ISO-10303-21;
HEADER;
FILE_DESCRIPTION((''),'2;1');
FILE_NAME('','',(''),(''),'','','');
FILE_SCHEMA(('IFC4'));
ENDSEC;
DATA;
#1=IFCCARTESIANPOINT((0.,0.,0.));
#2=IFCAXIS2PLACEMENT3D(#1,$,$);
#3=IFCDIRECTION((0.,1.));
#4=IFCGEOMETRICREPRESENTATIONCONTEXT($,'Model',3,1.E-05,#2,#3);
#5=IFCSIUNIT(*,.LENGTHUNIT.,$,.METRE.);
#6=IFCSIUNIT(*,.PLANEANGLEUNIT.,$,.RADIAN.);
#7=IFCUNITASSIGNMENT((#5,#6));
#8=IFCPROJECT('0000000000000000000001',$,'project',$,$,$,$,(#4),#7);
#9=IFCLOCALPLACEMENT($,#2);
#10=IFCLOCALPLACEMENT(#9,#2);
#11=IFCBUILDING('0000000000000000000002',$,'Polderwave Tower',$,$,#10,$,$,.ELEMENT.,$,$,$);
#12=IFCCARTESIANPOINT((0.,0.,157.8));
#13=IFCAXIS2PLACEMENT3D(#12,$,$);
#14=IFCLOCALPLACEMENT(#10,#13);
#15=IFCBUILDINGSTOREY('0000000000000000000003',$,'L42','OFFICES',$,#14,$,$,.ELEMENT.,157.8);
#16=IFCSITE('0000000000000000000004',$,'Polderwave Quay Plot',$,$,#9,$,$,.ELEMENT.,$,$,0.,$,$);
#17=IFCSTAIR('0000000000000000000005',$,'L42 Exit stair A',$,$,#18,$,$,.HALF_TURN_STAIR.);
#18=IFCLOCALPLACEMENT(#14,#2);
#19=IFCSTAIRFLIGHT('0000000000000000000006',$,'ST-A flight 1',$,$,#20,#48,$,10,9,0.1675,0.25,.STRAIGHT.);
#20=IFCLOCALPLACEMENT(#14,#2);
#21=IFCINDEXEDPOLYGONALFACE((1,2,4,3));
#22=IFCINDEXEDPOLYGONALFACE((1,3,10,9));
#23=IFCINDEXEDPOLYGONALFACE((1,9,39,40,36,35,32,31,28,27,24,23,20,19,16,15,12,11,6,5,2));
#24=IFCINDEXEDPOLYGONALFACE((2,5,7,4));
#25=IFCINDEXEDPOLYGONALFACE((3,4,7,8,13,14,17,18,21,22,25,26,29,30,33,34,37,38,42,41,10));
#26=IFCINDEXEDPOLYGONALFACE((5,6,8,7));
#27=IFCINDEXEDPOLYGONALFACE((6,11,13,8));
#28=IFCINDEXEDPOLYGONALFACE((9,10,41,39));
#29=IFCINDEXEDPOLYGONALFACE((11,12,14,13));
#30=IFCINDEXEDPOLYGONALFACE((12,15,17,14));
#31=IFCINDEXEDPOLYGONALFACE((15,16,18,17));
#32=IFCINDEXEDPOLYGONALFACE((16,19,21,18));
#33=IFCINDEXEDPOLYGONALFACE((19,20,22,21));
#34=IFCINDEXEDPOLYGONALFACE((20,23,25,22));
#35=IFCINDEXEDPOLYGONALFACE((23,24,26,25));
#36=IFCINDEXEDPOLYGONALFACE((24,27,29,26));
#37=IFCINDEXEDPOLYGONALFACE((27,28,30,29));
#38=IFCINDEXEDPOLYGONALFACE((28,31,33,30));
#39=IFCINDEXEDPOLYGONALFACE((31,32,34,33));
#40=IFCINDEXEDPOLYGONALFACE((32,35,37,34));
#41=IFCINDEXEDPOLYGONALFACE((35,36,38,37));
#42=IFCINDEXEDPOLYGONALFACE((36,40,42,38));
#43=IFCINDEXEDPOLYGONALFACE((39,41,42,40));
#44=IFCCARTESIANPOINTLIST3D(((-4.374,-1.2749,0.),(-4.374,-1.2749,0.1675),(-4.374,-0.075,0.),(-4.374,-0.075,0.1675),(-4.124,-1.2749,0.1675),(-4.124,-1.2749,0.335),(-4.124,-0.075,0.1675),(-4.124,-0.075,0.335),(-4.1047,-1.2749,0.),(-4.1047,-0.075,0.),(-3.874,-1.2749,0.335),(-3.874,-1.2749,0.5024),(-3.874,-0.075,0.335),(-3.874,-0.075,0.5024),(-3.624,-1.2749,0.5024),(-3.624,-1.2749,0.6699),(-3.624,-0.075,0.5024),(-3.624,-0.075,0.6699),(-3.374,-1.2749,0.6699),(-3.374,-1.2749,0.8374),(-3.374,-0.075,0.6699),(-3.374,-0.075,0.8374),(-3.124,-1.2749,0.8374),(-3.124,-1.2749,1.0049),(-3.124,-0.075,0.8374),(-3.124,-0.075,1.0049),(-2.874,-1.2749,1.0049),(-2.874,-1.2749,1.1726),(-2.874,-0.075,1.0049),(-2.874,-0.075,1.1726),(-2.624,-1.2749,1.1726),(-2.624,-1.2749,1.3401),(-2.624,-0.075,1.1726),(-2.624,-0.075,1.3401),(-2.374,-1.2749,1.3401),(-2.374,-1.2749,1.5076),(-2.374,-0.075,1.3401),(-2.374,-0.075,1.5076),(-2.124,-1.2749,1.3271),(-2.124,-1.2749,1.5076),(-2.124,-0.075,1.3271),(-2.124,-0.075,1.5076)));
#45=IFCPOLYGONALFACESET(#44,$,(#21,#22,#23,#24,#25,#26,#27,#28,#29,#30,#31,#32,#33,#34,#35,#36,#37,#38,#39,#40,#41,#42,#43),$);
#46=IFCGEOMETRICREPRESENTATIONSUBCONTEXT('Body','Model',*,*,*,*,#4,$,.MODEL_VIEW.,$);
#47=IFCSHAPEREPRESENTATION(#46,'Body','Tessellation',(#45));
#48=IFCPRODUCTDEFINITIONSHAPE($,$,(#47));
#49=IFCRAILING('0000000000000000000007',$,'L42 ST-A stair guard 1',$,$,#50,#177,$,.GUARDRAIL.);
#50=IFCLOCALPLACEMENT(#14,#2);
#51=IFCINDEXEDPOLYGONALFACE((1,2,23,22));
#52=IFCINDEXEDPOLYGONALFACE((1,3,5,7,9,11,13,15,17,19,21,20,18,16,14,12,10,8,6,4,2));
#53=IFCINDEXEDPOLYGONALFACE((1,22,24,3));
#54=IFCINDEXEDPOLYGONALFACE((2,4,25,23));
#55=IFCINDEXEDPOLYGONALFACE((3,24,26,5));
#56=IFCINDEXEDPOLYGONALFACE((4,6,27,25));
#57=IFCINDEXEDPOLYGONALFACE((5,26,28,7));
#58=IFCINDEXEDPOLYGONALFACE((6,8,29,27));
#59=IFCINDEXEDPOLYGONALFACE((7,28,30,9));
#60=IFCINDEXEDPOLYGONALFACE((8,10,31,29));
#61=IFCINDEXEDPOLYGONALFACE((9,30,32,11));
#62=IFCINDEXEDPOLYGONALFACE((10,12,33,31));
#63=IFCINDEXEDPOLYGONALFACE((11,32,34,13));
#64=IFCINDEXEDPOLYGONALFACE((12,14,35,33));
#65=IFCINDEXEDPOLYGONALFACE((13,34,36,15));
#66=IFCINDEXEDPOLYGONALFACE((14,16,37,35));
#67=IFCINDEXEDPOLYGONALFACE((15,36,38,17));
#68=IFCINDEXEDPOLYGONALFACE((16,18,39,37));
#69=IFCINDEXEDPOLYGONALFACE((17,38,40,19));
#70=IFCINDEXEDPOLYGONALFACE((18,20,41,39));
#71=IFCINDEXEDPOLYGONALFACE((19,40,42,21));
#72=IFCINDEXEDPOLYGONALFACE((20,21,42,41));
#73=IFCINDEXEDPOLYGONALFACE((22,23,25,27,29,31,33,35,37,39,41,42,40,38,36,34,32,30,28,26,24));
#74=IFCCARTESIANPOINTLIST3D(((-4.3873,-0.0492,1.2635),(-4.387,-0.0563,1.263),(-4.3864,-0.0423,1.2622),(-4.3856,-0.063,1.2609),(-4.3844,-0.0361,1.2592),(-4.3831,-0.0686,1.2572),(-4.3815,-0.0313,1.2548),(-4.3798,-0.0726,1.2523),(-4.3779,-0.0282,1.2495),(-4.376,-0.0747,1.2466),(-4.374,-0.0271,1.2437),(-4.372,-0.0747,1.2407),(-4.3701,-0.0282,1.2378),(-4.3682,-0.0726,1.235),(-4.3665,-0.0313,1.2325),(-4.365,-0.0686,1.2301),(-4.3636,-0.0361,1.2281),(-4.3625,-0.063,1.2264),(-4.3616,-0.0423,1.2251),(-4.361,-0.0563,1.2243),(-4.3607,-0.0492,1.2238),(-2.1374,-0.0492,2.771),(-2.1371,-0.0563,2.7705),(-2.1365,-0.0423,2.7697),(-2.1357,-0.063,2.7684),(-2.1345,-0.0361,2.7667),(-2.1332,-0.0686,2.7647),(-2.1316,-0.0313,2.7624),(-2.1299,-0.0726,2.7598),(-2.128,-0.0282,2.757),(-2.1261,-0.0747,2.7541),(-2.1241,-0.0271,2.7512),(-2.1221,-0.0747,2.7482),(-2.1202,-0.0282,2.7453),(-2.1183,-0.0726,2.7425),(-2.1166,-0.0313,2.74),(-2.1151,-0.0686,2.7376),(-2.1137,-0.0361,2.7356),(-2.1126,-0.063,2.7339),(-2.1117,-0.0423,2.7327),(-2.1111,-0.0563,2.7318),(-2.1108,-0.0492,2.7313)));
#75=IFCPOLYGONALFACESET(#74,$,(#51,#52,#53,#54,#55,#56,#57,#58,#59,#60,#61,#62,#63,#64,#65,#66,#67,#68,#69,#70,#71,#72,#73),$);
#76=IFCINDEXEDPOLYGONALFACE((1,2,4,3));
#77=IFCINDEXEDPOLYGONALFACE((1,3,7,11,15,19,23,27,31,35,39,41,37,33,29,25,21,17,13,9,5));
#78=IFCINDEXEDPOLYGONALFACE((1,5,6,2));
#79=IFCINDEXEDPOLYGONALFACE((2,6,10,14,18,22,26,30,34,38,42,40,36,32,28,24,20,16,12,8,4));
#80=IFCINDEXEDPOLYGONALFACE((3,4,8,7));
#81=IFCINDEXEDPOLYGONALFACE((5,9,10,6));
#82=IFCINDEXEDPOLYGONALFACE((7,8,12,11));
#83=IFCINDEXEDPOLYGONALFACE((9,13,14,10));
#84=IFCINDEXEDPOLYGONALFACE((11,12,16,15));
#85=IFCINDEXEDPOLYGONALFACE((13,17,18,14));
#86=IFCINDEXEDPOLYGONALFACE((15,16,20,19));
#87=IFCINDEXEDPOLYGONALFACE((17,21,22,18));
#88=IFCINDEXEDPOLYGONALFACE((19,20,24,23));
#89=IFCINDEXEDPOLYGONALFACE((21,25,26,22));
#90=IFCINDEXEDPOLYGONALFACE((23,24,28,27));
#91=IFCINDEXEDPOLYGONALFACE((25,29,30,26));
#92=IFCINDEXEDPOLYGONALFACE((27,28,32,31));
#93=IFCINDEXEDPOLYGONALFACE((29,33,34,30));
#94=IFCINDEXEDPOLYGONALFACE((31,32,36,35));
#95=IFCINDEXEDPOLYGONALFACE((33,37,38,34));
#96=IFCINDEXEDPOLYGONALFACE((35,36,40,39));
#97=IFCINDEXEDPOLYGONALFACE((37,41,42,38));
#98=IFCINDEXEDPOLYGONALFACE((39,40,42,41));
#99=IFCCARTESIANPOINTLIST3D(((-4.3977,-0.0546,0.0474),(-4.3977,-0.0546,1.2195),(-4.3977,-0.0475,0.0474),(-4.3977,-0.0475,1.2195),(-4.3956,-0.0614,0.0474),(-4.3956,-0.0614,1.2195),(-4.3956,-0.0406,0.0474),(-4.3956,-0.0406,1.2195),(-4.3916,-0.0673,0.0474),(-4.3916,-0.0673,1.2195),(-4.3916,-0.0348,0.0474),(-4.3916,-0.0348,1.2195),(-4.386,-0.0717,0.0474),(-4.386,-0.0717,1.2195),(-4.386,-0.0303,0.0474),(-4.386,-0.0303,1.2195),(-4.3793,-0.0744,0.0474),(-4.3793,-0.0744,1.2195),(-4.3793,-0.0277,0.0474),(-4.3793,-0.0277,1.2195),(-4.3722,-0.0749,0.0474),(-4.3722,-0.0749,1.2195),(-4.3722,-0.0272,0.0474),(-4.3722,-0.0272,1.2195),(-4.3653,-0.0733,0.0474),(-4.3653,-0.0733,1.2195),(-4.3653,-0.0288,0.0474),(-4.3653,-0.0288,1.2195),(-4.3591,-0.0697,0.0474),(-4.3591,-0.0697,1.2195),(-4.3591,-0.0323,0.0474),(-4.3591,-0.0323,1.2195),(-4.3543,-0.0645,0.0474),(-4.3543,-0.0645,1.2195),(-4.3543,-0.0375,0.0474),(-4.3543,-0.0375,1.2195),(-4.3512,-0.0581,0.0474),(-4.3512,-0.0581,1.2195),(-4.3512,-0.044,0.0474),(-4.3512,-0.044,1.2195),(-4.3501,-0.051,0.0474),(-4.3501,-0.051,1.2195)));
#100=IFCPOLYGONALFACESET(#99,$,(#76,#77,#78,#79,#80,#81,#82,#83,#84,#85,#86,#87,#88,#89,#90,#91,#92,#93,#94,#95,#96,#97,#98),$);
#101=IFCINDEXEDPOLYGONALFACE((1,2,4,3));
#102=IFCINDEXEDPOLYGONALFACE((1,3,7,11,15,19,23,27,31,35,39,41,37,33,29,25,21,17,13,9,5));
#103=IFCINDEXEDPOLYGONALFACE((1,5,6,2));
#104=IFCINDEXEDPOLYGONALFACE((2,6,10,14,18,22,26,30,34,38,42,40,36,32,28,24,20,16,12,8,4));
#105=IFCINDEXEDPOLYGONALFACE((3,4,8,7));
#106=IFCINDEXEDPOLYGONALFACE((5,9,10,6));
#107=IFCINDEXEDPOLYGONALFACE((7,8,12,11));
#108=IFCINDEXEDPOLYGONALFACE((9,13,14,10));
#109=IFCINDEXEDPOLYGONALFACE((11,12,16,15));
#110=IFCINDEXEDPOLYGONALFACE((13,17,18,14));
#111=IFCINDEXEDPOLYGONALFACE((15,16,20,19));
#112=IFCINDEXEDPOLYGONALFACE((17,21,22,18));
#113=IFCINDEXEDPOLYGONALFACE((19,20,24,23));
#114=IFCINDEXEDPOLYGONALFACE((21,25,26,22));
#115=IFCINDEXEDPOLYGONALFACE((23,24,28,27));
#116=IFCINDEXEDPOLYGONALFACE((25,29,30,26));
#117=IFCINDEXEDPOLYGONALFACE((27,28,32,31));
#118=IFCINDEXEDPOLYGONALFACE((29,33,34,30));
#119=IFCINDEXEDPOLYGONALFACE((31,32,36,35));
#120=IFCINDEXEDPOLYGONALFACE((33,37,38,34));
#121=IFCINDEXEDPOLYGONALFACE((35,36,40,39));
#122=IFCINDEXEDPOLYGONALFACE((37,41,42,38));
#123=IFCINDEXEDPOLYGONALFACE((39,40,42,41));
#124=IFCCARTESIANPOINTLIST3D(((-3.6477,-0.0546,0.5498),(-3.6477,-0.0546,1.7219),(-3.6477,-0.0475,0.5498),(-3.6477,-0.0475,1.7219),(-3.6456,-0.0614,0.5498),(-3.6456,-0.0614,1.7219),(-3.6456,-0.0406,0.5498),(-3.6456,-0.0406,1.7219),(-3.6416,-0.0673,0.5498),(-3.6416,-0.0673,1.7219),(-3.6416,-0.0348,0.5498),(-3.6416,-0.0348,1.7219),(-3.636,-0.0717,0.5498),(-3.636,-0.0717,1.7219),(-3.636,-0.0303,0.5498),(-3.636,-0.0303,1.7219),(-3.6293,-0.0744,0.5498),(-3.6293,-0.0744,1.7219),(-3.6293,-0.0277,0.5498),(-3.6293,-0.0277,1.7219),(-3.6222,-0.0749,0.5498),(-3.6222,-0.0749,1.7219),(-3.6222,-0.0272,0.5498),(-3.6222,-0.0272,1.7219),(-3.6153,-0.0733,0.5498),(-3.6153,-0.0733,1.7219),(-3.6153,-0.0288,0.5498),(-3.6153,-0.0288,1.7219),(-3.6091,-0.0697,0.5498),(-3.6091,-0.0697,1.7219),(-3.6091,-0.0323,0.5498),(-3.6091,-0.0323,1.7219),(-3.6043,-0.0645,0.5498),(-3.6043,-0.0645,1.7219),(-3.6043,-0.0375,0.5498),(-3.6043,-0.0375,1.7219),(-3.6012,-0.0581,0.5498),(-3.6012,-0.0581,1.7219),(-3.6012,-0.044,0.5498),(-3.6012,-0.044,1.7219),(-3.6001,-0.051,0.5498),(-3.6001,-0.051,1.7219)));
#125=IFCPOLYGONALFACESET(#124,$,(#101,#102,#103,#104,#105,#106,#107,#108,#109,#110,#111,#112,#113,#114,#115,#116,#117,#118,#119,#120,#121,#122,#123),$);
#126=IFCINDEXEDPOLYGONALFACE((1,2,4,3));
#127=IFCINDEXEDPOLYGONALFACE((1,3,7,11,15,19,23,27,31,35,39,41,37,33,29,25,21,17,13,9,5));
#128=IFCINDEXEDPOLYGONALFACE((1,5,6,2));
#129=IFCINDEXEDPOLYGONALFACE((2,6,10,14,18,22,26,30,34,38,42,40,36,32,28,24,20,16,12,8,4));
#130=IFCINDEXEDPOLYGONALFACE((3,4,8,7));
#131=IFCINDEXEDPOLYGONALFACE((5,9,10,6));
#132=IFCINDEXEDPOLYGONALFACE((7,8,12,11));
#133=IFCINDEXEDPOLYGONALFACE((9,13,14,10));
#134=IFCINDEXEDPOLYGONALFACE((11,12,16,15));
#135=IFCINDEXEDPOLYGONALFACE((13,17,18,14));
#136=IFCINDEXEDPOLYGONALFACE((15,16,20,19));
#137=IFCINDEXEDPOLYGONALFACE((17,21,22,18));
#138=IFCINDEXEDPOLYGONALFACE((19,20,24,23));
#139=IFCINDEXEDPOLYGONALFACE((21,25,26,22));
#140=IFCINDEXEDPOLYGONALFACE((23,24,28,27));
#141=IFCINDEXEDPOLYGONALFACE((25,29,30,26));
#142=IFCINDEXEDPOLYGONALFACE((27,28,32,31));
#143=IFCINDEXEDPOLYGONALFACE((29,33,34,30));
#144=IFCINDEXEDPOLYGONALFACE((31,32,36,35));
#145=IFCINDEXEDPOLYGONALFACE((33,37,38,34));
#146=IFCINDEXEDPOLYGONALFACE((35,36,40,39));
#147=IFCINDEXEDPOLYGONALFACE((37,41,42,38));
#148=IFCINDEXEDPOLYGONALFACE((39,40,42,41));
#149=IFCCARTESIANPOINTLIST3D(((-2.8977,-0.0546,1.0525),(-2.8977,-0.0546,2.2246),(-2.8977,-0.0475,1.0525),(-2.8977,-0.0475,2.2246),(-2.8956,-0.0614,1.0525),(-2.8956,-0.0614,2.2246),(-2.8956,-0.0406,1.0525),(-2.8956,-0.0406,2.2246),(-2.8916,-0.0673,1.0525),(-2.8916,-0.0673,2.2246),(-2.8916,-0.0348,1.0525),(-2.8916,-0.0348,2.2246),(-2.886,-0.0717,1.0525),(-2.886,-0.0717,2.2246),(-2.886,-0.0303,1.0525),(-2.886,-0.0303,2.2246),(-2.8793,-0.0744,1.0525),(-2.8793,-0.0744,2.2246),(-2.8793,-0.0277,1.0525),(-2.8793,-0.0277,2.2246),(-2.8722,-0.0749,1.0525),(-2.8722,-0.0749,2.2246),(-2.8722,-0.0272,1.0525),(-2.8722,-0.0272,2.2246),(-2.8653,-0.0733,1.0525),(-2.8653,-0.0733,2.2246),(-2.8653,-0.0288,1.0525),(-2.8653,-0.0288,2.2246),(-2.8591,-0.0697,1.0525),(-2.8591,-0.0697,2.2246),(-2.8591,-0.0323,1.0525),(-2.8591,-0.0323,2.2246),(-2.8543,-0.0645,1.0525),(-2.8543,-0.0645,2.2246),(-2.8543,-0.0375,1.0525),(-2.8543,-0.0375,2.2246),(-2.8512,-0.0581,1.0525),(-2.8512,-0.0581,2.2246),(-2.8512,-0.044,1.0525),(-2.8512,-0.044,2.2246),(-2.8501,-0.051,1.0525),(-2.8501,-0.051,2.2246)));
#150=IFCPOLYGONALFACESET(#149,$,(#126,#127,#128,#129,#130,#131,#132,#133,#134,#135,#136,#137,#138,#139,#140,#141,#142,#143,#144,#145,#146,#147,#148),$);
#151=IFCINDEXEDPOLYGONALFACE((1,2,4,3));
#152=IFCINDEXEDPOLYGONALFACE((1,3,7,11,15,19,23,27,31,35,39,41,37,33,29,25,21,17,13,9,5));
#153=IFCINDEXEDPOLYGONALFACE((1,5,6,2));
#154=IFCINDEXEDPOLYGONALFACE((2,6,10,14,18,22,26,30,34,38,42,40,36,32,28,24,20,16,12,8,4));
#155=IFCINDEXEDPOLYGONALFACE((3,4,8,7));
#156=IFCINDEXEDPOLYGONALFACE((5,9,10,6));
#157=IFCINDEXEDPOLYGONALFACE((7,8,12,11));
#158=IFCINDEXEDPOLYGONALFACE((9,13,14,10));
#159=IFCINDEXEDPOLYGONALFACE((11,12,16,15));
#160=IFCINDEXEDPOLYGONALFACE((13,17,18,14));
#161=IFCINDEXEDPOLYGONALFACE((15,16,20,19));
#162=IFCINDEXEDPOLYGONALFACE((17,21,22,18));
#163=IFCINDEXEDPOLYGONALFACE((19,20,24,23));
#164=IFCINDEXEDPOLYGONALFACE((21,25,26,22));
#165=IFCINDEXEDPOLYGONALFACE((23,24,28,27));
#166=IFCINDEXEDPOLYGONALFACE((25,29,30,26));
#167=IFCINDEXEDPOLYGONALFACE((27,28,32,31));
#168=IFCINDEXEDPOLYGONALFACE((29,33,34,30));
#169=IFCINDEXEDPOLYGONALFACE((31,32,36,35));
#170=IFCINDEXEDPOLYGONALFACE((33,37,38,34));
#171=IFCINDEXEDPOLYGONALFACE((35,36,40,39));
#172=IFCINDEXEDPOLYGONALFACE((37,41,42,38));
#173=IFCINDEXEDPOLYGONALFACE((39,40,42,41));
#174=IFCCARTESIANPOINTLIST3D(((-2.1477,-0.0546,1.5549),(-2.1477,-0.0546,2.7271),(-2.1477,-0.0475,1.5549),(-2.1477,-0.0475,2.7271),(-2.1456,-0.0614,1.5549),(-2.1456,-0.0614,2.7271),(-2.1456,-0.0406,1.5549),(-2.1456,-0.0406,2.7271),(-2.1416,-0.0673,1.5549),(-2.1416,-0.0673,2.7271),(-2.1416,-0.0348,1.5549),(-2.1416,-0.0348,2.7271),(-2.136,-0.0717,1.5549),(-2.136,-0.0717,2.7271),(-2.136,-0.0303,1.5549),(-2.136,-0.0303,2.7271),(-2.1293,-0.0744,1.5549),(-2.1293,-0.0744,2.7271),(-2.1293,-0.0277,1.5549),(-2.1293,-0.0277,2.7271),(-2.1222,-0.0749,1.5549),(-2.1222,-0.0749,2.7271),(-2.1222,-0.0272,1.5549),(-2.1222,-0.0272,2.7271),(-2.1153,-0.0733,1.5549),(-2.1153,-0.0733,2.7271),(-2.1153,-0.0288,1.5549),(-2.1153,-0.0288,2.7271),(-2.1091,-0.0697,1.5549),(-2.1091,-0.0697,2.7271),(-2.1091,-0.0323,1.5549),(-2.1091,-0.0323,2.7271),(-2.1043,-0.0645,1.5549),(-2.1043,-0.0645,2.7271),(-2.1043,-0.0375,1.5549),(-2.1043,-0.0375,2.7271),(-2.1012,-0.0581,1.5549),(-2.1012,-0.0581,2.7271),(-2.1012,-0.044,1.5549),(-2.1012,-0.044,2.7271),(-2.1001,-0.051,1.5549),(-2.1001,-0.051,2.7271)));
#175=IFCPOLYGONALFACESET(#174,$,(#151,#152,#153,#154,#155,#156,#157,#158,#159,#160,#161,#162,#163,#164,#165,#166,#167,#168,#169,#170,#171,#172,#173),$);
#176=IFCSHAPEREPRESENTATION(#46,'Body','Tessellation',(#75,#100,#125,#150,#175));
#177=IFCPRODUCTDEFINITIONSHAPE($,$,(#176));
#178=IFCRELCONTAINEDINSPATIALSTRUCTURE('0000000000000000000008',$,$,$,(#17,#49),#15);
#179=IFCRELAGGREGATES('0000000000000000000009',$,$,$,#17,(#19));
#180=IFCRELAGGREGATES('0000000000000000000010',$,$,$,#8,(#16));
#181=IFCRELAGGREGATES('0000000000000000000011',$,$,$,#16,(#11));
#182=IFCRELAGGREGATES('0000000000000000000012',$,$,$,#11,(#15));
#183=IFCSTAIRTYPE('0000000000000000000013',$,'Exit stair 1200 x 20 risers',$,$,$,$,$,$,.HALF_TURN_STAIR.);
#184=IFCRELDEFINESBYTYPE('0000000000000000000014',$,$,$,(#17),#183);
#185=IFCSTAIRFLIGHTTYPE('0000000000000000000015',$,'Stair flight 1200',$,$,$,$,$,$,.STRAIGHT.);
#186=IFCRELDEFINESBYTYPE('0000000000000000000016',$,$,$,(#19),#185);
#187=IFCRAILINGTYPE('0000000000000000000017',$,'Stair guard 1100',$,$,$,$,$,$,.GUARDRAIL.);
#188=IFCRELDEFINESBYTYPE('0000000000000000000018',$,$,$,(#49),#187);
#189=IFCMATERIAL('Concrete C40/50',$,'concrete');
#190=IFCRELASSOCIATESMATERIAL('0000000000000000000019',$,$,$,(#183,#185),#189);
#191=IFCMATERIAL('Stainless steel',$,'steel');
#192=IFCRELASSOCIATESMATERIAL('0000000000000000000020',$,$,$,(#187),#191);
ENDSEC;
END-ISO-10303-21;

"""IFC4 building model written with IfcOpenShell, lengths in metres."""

from ifc_helpers import new_model, si_unit, direction, frame, origin, origin_2d, place, context, subcontext, project, spatial, polyline, circle, outline, extrude, material, type_object, element, aggregate, save


model = new_model("IFC4")

# Units and contexts
model_context = context("Model", 3, precision=1e-05, world=origin(), true_north=direction((0.0, 1.0)))
body_context = subcontext(model_context, "Body", "Model", "MODEL_VIEW")
ifc_project = project(units=[si_unit("LENGTHUNIT", "METRE"), si_unit("PLANEANGLEUNIT", "RADIAN")], contexts=[model_context])

# Site, building, storey
site_placement = place(None, origin())
site = spatial("IfcSite", under=ifc_project, at=site_placement, Name="Polderwave Quay Plot", CompositionType="ELEMENT", RefElevation=0.0)
building_placement = place(site_placement, origin())
building = spatial("IfcBuilding", under=site, at=building_placement, Name="Polderwave Tower", CompositionType="ELEMENT")
storey_placement = place(building_placement, frame((0.0, 0.0, 157.8)))
storey = spatial("IfcBuildingStorey", under=building, at=storey_placement, Name="L42", Description="OFFICES", CompositionType="ELEMENT", Elevation=157.8)

# Shared definitions
ifc_material_1 = material(Name="Concrete C40/50", Category="concrete")

# Stair, stair flight
stair_type = type_object("IfcStairType", Name="Exit stair 1200 x 20 risers", PredefinedType="HALF_TURN_STAIR", material=ifc_material_1)
stair_placement = place(storey_placement, origin())
stair = element("IfcStair", 1, at=stair_placement, inside=storey, type_object=stair_type, Name="L42 Exit stair A", PredefinedType="HALF_TURN_STAIR")
stair_flight_type = type_object("IfcStairFlightType", Name="Stair flight 1200", PredefinedType="STRAIGHT", material=ifc_material_1)
stair_flight_placement = place(storey_placement, frame((-4.374, -0.675, 0.0), z_axis=(0.0, 0.0, 1.0), x_axis=(1.0, 0.0, 0.0)))
stair_flight = element("IfcStairFlight", 2, at=stair_flight_placement, type_object=stair_flight_type, Name="ST-A flight 1", NumberOfRisers=10, NumberOfTreads=9, PredefinedType="STRAIGHT", RiserHeight=0.1675, TreadLength=0.25, context=body_context, shape_type="SweptSolid", body=[
    extrude(outline(polyline([(0.0, 0.0), (0.0, 0.1675), (0.25, 0.1675), (0.25, 0.335), (0.5, 0.335), (0.5, 0.5024), (0.75, 0.5024), (0.75, 0.6699), (1.0, 0.6699), (1.0, 0.8374), (1.25, 0.8374), (1.25, 1.0049), (1.5, 1.0049), (1.5, 1.1726), (1.75, 1.1726), (1.75, 1.3401), (2.0, 1.3401), (2.0, 1.5076), (2.25, 1.5076), (2.25, 1.675), (2.25, 1.3271), (0.2693, 0.0), (0.0, 0.0)])), frame((0.0, 0.6001, 0.0), z_axis=(0.0, -1.0, 0.0), x_axis=(1.0, 0.0, 0.0)), (0.0, 0.0, 1.0), 1.2),
])
aggregate(stair, [stair_flight])

# Railing
ifc_material_2 = material(Name="Stainless steel", Category="steel")
railing_type = type_object("IfcRailingType", Name="Stair guard 1100", PredefinedType="GUARDRAIL", material=ifc_material_2)
railing_1_placement = place(storey_placement, frame((-4.374, -0.051, 0.0474)))
element("IfcRailing", 3, at=railing_1_placement, inside=storey, type_object=railing_type, Name="L42 ST-A stair guard 1", PredefinedType="GUARDRAIL", context=body_context, shape_type="SweptSolid", body=[
    extrude(circle(Radius=0.0239, at=origin_2d()), frame((0.0, 0.0, 1.1963), z_axis=(0.830758, 0.0, 0.556633), x_axis=(0.0, 1.0, 0.0)), (0.0, 0.0, 1.0), 2.7083),
    extrude(circle(Radius=0.0239, at=origin_2d()), origin(), (0.0, 0.0, 1.0), 1.1721),
    extrude(circle(Radius=0.0239, at=origin_2d()), frame((0.75, 0.0, 0.5024)), (0.0, 0.0, 1.0), 1.1721),
    extrude(circle(Radius=0.0239, at=origin_2d()), frame((1.5, 0.0, 1.0051)), (0.0, 0.0, 1.0), 1.1721),
    extrude(circle(Radius=0.0239, at=origin_2d()), frame((2.25, 0.0, 1.5076)), (0.0, 0.0, 1.0), 1.1721),
])

save(model, "model.ifc")
